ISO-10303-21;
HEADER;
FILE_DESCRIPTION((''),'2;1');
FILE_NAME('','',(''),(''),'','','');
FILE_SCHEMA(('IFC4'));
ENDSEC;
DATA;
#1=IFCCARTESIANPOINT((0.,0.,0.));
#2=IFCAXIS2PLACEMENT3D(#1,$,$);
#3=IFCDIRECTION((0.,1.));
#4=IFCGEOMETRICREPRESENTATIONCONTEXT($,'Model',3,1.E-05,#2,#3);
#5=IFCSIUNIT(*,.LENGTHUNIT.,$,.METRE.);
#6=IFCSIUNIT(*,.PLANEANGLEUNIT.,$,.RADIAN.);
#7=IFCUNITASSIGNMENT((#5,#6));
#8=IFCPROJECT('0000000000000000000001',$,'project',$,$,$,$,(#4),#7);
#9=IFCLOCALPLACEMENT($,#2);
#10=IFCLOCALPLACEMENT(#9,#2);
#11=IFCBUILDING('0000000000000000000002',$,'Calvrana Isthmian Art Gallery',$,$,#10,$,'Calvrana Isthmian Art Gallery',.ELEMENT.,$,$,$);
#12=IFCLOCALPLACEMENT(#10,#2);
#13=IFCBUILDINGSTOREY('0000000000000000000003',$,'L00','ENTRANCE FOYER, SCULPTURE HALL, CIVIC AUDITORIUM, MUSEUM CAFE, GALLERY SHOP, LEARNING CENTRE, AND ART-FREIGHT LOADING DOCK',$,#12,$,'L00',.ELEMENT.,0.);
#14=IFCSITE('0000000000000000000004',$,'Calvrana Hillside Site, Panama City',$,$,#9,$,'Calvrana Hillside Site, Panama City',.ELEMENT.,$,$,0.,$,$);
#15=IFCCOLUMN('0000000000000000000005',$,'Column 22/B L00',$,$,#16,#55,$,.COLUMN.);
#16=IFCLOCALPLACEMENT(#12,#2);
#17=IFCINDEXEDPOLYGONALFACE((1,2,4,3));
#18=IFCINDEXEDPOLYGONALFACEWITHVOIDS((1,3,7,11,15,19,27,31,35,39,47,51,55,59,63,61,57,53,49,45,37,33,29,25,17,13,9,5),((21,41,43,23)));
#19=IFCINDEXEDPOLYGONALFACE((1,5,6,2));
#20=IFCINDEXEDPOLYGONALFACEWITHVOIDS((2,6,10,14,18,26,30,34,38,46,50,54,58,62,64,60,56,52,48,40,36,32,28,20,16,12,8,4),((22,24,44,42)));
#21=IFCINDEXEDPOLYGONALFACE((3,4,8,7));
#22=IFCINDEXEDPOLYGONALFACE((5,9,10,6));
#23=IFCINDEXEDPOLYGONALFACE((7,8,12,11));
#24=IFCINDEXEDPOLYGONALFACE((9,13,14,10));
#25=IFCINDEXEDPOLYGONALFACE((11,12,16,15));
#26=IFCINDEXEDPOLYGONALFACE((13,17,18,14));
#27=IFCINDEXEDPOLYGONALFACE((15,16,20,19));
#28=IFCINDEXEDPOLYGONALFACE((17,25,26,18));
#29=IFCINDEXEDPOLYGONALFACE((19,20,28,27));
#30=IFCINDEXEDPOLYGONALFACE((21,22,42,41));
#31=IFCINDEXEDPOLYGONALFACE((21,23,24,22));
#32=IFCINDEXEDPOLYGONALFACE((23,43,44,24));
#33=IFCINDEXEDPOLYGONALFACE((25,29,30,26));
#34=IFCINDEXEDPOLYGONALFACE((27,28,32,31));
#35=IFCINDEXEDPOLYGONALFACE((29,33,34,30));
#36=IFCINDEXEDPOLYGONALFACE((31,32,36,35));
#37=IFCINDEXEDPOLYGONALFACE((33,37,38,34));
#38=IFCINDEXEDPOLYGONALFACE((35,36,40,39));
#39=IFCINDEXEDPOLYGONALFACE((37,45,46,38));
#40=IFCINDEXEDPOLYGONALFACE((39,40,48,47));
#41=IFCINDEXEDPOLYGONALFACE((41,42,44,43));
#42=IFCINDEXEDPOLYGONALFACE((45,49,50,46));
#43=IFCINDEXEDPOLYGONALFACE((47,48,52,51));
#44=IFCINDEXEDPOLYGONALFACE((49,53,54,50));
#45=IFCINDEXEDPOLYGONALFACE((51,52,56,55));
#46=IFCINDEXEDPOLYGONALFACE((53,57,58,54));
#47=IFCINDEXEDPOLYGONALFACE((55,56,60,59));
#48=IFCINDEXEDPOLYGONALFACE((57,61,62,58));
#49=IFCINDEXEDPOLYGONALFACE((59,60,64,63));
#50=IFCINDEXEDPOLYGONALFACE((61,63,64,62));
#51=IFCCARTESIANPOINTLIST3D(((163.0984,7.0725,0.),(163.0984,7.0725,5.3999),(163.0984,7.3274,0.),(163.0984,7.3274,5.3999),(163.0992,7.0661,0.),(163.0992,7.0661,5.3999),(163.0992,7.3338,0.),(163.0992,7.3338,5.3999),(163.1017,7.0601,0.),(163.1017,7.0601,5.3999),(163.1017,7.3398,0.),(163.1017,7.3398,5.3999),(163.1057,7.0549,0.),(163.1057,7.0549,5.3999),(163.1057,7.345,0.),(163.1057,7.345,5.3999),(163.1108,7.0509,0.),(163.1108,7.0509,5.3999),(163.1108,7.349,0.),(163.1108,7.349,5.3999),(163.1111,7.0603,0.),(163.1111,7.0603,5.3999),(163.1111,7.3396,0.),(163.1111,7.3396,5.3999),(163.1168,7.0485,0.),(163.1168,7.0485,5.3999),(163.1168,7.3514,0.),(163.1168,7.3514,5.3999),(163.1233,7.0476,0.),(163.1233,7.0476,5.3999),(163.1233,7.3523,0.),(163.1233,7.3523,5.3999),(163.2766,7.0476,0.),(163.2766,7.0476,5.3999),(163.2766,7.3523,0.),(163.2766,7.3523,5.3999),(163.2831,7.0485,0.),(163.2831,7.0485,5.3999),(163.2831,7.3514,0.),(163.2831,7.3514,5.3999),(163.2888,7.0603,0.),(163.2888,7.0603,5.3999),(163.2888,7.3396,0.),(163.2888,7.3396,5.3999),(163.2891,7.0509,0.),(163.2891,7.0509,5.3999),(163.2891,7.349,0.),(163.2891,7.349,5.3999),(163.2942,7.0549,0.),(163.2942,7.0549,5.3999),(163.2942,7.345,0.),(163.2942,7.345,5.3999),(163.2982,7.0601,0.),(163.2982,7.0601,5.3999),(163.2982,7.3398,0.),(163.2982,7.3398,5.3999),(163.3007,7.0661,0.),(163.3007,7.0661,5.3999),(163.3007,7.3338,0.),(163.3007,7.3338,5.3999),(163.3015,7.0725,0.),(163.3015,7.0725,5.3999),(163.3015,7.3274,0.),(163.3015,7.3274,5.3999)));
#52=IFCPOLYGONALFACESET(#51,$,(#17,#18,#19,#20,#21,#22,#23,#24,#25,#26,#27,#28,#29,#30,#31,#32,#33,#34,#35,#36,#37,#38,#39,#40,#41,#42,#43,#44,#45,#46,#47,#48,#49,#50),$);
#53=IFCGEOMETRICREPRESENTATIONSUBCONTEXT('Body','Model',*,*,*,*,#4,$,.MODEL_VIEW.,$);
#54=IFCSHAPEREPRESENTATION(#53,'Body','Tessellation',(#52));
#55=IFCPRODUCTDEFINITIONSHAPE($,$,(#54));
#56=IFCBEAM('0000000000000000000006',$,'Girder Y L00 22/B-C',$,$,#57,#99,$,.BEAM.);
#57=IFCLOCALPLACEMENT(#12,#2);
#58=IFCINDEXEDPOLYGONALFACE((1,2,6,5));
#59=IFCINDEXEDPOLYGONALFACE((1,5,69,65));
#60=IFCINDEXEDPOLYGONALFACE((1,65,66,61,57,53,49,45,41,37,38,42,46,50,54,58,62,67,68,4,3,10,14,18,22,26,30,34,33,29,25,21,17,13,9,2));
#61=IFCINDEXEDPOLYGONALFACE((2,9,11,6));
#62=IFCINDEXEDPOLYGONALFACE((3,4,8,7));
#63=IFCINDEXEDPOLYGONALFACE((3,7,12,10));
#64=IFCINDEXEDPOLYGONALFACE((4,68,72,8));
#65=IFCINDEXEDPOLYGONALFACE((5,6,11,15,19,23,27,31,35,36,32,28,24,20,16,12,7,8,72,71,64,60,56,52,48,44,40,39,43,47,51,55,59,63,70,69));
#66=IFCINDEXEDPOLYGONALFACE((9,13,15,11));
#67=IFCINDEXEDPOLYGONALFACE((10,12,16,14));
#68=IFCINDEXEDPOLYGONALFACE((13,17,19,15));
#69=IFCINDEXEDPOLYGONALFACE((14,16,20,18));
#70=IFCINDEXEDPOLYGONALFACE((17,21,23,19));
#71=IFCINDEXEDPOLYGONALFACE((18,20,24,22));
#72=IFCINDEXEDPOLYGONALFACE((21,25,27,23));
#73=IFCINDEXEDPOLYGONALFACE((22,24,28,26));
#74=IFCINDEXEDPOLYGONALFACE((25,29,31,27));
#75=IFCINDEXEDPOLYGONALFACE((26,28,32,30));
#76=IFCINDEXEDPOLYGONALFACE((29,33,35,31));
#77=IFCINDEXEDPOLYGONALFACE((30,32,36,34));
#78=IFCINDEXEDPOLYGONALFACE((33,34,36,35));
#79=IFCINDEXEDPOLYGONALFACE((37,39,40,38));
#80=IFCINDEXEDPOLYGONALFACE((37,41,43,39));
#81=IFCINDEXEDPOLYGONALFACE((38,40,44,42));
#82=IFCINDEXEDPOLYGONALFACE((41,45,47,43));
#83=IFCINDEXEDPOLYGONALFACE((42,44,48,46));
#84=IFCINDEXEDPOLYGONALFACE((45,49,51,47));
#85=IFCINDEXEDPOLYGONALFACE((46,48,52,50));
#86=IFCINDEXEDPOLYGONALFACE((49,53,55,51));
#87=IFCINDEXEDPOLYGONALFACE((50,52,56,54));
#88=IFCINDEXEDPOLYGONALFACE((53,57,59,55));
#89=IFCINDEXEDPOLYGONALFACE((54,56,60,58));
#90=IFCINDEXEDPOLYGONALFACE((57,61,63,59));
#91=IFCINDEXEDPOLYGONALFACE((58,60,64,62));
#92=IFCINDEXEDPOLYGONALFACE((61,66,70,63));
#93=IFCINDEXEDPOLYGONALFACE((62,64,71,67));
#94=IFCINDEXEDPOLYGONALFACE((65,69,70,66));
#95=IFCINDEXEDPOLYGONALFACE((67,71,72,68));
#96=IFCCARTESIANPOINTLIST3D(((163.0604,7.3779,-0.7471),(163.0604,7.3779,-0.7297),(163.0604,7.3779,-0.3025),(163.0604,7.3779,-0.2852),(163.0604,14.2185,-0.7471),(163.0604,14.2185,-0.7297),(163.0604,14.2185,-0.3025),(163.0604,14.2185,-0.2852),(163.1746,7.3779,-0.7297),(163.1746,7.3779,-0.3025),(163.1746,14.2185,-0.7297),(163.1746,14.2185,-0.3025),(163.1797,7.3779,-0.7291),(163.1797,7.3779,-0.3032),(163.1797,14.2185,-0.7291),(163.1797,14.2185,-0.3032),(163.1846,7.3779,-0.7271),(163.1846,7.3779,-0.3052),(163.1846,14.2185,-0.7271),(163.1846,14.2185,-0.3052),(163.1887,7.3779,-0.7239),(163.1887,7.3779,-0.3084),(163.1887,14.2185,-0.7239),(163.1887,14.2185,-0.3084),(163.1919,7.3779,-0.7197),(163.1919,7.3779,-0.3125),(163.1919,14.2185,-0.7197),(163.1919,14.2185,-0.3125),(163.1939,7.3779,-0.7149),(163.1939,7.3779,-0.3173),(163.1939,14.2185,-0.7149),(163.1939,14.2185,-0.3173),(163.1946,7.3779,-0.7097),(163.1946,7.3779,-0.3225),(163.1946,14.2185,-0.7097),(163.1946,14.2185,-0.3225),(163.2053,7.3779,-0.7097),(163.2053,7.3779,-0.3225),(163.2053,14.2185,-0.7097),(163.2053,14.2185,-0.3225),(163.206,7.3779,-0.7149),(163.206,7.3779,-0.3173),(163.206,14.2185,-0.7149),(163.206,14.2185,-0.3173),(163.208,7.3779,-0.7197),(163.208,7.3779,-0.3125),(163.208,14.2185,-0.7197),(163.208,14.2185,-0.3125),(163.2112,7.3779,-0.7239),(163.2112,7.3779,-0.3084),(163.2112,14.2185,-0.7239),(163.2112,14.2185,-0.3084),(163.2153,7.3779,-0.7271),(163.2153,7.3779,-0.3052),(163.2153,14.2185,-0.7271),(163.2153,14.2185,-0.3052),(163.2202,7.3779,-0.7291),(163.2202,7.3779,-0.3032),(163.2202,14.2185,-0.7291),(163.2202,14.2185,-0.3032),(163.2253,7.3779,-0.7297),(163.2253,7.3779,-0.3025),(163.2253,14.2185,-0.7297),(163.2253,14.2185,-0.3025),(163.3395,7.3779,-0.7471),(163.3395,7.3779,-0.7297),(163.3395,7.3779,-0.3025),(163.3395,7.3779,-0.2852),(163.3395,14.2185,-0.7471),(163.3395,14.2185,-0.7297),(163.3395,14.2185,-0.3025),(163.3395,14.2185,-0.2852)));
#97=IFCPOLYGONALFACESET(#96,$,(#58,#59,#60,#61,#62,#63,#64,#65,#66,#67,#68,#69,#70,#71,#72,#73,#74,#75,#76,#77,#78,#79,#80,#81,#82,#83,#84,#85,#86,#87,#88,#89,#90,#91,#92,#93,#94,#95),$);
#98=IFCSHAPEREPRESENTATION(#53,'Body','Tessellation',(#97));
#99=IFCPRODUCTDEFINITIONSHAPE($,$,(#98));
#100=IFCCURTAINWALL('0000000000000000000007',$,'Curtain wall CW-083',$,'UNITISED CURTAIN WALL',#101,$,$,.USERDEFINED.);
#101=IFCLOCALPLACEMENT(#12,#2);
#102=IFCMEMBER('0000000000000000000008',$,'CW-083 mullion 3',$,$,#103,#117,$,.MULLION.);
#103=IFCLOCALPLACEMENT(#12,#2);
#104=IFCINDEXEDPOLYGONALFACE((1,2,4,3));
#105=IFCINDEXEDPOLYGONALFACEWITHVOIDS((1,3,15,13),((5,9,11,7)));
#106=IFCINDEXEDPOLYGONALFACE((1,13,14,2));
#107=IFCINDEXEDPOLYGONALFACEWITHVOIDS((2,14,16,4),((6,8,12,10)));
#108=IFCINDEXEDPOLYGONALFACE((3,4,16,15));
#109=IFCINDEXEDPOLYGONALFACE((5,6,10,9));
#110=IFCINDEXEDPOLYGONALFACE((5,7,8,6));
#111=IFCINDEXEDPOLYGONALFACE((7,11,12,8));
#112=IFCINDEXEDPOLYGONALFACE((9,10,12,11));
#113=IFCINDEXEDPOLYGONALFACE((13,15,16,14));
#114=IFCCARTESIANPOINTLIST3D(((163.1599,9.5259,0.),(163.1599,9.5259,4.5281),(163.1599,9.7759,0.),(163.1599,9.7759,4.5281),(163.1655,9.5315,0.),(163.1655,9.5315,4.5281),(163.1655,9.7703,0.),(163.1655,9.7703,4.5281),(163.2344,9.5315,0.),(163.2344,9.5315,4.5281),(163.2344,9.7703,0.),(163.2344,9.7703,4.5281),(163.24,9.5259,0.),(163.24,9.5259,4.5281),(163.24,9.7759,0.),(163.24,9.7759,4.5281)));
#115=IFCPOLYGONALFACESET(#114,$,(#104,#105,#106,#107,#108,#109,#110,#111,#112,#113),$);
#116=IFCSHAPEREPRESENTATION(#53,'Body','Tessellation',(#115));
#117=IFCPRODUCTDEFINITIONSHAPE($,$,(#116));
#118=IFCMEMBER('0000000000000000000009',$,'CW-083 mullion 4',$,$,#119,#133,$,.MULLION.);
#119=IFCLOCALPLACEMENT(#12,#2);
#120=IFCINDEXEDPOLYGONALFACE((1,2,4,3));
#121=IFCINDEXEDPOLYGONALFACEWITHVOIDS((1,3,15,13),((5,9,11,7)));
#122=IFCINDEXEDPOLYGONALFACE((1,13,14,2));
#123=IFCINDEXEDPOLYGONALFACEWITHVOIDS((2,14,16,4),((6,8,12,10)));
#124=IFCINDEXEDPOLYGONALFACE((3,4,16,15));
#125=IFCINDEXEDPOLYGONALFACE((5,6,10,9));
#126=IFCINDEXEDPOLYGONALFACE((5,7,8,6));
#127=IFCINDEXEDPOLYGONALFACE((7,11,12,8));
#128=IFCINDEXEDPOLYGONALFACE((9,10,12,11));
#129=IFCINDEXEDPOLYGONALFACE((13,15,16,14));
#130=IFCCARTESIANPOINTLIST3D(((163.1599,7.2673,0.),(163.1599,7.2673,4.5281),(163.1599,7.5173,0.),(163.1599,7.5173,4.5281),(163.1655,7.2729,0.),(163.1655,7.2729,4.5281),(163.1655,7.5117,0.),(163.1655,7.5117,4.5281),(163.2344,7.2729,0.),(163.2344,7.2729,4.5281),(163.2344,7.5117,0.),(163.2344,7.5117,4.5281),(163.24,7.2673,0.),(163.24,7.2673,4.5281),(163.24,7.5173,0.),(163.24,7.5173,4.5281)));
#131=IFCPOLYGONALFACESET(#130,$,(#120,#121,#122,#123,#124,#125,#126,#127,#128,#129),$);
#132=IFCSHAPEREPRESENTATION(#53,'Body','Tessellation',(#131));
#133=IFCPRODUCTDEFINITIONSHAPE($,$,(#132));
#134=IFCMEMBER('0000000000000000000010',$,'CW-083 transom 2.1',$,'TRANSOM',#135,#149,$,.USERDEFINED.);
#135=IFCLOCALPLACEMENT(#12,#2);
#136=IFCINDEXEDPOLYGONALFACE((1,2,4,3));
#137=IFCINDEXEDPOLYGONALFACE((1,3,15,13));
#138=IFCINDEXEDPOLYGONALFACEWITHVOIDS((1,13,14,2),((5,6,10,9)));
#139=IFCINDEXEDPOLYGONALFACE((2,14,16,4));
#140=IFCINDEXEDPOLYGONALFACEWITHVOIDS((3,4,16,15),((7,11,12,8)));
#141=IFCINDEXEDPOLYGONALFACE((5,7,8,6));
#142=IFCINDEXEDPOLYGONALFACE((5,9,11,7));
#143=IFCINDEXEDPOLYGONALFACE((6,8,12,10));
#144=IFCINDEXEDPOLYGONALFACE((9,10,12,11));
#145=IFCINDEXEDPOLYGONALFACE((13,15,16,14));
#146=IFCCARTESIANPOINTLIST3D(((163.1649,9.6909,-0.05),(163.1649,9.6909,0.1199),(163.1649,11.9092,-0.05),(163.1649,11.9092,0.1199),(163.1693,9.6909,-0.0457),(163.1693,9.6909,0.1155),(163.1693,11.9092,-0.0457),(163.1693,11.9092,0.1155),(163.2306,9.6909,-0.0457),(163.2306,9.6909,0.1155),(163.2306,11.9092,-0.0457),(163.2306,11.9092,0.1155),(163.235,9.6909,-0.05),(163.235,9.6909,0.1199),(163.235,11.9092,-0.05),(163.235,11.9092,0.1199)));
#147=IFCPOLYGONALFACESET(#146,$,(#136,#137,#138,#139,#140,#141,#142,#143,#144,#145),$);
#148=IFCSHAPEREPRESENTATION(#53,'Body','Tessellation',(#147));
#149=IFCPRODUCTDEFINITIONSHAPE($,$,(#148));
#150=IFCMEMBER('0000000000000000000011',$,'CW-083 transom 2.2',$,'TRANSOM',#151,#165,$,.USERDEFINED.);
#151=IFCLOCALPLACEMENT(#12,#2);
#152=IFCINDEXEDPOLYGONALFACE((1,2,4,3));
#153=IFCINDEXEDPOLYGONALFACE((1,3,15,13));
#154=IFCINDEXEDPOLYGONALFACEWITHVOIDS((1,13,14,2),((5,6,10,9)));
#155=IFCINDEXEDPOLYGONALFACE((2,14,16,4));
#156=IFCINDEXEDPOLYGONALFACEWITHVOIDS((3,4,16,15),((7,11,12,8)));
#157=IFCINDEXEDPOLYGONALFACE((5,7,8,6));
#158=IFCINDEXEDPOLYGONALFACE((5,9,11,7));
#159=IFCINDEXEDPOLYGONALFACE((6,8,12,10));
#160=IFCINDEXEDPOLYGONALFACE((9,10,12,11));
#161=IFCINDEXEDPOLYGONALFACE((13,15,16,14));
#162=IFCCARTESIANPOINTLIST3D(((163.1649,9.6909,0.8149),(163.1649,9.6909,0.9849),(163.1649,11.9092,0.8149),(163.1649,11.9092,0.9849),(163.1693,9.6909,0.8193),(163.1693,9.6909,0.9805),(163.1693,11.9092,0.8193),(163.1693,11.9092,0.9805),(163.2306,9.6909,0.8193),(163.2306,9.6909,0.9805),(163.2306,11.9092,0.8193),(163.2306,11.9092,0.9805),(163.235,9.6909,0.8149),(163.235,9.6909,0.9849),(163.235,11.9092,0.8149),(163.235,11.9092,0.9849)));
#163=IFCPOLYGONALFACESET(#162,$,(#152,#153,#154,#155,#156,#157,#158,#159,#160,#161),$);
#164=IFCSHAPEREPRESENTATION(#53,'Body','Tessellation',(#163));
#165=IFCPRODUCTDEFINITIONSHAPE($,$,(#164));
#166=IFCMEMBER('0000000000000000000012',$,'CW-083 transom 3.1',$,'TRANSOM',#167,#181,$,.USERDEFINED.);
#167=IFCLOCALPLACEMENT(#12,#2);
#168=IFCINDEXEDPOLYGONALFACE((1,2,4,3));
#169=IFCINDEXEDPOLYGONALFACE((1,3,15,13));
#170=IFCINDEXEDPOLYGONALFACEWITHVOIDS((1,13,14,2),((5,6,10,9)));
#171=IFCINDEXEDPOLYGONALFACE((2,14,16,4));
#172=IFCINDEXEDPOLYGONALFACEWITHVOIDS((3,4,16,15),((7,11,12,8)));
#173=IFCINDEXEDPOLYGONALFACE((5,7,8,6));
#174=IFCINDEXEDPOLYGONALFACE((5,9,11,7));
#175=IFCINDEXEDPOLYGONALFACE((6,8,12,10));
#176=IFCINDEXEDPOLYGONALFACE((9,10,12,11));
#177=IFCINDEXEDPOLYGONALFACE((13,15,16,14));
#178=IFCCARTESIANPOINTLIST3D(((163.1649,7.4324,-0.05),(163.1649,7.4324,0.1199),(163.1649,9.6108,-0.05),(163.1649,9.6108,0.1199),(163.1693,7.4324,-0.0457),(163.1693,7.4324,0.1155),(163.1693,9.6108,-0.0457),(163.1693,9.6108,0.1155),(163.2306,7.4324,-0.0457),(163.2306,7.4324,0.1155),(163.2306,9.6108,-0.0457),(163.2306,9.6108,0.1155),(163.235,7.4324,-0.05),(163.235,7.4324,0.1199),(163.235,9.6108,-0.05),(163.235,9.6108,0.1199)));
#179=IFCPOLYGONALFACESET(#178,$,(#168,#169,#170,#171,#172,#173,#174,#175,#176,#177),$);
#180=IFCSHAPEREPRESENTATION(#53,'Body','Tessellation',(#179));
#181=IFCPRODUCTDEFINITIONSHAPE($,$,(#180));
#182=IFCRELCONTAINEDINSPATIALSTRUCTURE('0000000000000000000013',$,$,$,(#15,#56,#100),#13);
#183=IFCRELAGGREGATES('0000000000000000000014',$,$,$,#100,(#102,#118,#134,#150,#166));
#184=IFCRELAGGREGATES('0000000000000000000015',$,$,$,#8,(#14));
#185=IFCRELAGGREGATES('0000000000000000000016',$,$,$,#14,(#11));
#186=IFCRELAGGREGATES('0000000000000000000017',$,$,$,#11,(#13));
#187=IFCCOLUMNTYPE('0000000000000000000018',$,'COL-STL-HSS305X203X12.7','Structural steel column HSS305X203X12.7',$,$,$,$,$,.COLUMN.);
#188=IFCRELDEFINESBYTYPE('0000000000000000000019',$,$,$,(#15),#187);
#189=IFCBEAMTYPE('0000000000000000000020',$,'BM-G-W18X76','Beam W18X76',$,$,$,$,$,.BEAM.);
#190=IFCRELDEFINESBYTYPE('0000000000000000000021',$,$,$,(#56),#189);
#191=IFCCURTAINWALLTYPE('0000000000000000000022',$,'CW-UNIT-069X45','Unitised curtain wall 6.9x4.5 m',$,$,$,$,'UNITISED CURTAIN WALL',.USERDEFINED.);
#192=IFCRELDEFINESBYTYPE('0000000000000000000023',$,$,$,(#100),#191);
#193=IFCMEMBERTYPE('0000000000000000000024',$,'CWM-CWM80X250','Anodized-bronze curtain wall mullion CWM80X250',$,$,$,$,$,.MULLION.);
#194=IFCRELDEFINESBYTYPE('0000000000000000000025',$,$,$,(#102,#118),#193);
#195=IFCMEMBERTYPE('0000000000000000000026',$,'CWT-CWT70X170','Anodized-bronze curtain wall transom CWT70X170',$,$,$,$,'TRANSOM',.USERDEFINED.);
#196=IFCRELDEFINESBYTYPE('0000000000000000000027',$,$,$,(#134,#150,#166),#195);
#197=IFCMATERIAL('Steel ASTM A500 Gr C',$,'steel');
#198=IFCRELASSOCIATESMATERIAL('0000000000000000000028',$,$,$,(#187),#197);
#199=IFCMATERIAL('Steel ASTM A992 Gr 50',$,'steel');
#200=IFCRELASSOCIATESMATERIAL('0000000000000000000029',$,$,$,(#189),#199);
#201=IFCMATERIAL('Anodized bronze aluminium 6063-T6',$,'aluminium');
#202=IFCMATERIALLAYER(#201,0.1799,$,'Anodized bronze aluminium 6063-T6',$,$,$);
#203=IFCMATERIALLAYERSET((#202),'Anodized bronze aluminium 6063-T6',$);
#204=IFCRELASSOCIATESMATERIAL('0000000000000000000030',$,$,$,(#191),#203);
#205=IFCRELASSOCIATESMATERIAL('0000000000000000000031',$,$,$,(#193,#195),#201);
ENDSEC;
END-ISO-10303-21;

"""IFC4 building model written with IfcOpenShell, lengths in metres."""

from ifc_helpers import new_model, si_unit, direction, frame, origin, origin_2d, place, context, subcontext, project, spatial, hollow_rectangle, i_section, extrude, material, layer, layer_set, material_profile, profile_set, type_object, element, aggregate, save


model = new_model("IFC4")

# Units and contexts
model_context = context("Model", 3, precision=1e-05, world=origin(), true_north=direction((0.0, 1.0)))
body_context = subcontext(model_context, "Body", "Model", "MODEL_VIEW")
ifc_project = project(units=[si_unit("LENGTHUNIT", "METRE"), si_unit("PLANEANGLEUNIT", "RADIAN")], contexts=[model_context])

# Site, building, storey
site_placement = place(None, origin())
site = spatial("IfcSite", under=ifc_project, at=site_placement, Name="Calvrana Hillside Site, Panama City", LongName="Calvrana Hillside Site, Panama City", CompositionType="ELEMENT", RefElevation=0.0)
building_placement = place(site_placement, origin())
building = spatial("IfcBuilding", under=site, at=building_placement, Name="Calvrana Isthmian Art Gallery", LongName="Calvrana Isthmian Art Gallery", CompositionType="ELEMENT")
storey_placement = place(building_placement, origin())
storey = spatial("IfcBuildingStorey", under=building, at=storey_placement, Name="L00", Description="ENTRANCE FOYER, SCULPTURE HALL, CIVIC AUDITORIUM, MUSEUM CAFE, GALLERY SHOP, LEARNING CENTRE, AND ART-FREIGHT LOADING DOCK", LongName="L00", CompositionType="ELEMENT", Elevation=0.0)

# Column
ifc_material_1 = material(Name="Steel ASTM A500 Gr C", Category="steel")
ifc_material_profile_1 = material_profile(ifc_material_1, hollow_rectangle(XDim=0.2031, YDim=0.3047, WallThickness=0.0127, OuterFilletRadius=0.0249, at=origin_2d()), Name="HSS305X203X12.7")
ifc_profile_set_1 = profile_set([ifc_material_profile_1], Name="Steel ASTM A500 Gr C")
column_type = type_object("IfcColumnType", Name="COL-STL-HSS305X203X12.7", Description="Structural steel column HSS305X203X12.7", PredefinedType="COLUMN", material=ifc_profile_set_1)
column_placement = place(storey_placement, frame((163.2, 7.2, 0.0), z_axis=(0.0, 0.0, 1.0), x_axis=(1.0, 0.0, 0.0)))
element("IfcColumn", 1, at=column_placement, inside=storey, type_object=column_type, Name="Column 22/B L00", PredefinedType="COLUMN", context=body_context, shape_type="SweptSolid", body=[
    extrude(hollow_rectangle(XDim=0.2031, YDim=0.3047, WallThickness=0.0127, OuterFilletRadius=0.0249, at=origin_2d()), origin(), (0.0, 0.0, 1.0), 5.3999),
])

# Beam
ifc_material_2 = material(Name="Steel ASTM A992 Gr 50", Category="steel")
ifc_material_profile_2 = material_profile(ifc_material_2, i_section(OverallWidth=0.2791, OverallDepth=0.4619, WebThickness=0.0107, FlangeThickness=0.0173, FilletRadius=0.02, at=origin_2d()), Name="W18X76")
ifc_profile_set_2 = profile_set([ifc_material_profile_2], Name="Steel ASTM A992 Gr 50")
beam_type = type_object("IfcBeamType", Name="BM-G-W18X76", Description="Beam W18X76", PredefinedType="BEAM", material=ifc_profile_set_2)
beam_placement = place(storey_placement, frame((163.2, 7.3779, -0.5161), z_axis=(0.0, 1.0, 0.0), x_axis=(-1.0, 0.0, 0.0)))
element("IfcBeam", 2, at=beam_placement, inside=storey, type_object=beam_type, Name="Girder Y L00 22/B-C", PredefinedType="BEAM", context=body_context, shape_type="SweptSolid", body=[
    extrude(i_section(OverallWidth=0.2791, OverallDepth=0.4619, WebThickness=0.0107, FlangeThickness=0.0173, FilletRadius=0.02, at=origin_2d()), origin(), (0.0, 0.0, 1.0), 6.8406),
])

# Curtain wall, members
ifc_material_3 = material(Name="Anodized bronze aluminium 6063-T6", Category="aluminium")
ifc_layer_1 = layer(ifc_material_3, 0.1799, Name="Anodized bronze aluminium 6063-T6")
ifc_layer_set_1 = layer_set([ifc_layer_1], Name="Anodized bronze aluminium 6063-T6")
curtain_wall_type = type_object("IfcCurtainWallType", Name="CW-UNIT-069X45", Description="Unitised curtain wall 6.9x4.5 m", ElementType="UNITISED CURTAIN WALL", PredefinedType="USERDEFINED", material=ifc_layer_set_1)
curtain_wall_placement = place(storey_placement, origin())
curtain_wall = element("IfcCurtainWall", 3, at=curtain_wall_placement, inside=storey, type_object=curtain_wall_type, Name="Curtain wall CW-083", ObjectType="UNITISED CURTAIN WALL", PredefinedType="USERDEFINED")
ifc_material_profile_3 = material_profile(ifc_material_3, hollow_rectangle(XDim=0.0801, YDim=0.25, WallThickness=0.0056, at=origin_2d()), Name="CWM80X250")
ifc_profile_set_3 = profile_set([ifc_material_profile_3], Name="Anodized bronze aluminium 6063-T6")
member_type_1 = type_object("IfcMemberType", Name="CWM-CWM80X250", Description="Anodized-bronze curtain wall mullion CWM80X250", PredefinedType="MULLION", material=ifc_profile_set_3)
member_1_placement = place(storey_placement, frame((163.2, 9.6509, 0.0), z_axis=(0.0, 0.0, 1.0), x_axis=(1.0, 0.0, 0.0)))
member_1 = element("IfcMember", 4, at=member_1_placement, type_object=member_type_1, Name="CW-083 mullion 3", PredefinedType="MULLION", context=body_context, shape_type="SweptSolid", body=[
    extrude(hollow_rectangle(XDim=0.0801, YDim=0.25, WallThickness=0.0056, at=origin_2d()), origin(), (0.0, 0.0, 1.0), 4.5281),
])
member_2_placement = place(storey_placement, frame((163.2, 7.3923, 0.0), z_axis=(0.0, 0.0, 1.0), x_axis=(1.0, 0.0, 0.0)))
member_2 = element("IfcMember", 5, at=member_2_placement, type_object=member_type_1, Name="CW-083 mullion 4", PredefinedType="MULLION", context=body_context, shape_type="SweptSolid", body=[
    extrude(hollow_rectangle(XDim=0.0801, YDim=0.25, WallThickness=0.0056, at=origin_2d()), origin(), (0.0, 0.0, 1.0), 4.5281),
])
ifc_material_profile_4 = material_profile(ifc_material_3, hollow_rectangle(XDim=0.0701, YDim=0.1699, WallThickness=0.0044, at=origin_2d()), Name="CWT70X170")
ifc_profile_set_4 = profile_set([ifc_material_profile_4], Name="Anodized bronze aluminium 6063-T6")
member_type_2 = type_object("IfcMemberType", Name="CWT-CWT70X170", Description="Anodized-bronze curtain wall transom CWT70X170", ElementType="TRANSOM", PredefinedType="USERDEFINED", material=ifc_profile_set_4)
member_3_placement = place(storey_placement, frame((163.2, 11.9092, 0.0349), z_axis=(0.0, -1.0, 0.0), x_axis=(1.0, 0.0, 0.0)))
member_3 = element("IfcMember", 6, at=member_3_placement, type_object=member_type_2, Name="CW-083 transom 2.1", ObjectType="TRANSOM", PredefinedType="USERDEFINED", context=body_context, shape_type="SweptSolid", body=[
    extrude(hollow_rectangle(XDim=0.0701, YDim=0.1699, WallThickness=0.0044, at=origin_2d()), origin(), (0.0, 0.0, 1.0), 2.2183),
])
member_4_placement = place(storey_placement, frame((163.2, 11.9092, 0.8999), z_axis=(0.0, -1.0, 0.0), x_axis=(1.0, 0.0, 0.0)))
member_4 = element("IfcMember", 7, at=member_4_placement, type_object=member_type_2, Name="CW-083 transom 2.2", ObjectType="TRANSOM", PredefinedType="USERDEFINED", context=body_context, shape_type="SweptSolid", body=[
    extrude(hollow_rectangle(XDim=0.0701, YDim=0.1699, WallThickness=0.0044, at=origin_2d()), origin(), (0.0, 0.0, 1.0), 2.2183),
])
member_5_placement = place(storey_placement, frame((163.2, 9.6108, 0.0349), z_axis=(0.0, -1.0, 0.0), x_axis=(1.0, 0.0, 0.0)))
member_5 = element("IfcMember", 8, at=member_5_placement, type_object=member_type_2, Name="CW-083 transom 3.1", ObjectType="TRANSOM", PredefinedType="USERDEFINED", context=body_context, shape_type="SweptSolid", body=[
    extrude(hollow_rectangle(XDim=0.0701, YDim=0.1699, WallThickness=0.0044, at=origin_2d()), origin(), (0.0, 0.0, 1.0), 2.1785),
])
aggregate(curtain_wall, [member_1, member_2, member_3, member_4, member_5])

save(model, "model.ifc")
